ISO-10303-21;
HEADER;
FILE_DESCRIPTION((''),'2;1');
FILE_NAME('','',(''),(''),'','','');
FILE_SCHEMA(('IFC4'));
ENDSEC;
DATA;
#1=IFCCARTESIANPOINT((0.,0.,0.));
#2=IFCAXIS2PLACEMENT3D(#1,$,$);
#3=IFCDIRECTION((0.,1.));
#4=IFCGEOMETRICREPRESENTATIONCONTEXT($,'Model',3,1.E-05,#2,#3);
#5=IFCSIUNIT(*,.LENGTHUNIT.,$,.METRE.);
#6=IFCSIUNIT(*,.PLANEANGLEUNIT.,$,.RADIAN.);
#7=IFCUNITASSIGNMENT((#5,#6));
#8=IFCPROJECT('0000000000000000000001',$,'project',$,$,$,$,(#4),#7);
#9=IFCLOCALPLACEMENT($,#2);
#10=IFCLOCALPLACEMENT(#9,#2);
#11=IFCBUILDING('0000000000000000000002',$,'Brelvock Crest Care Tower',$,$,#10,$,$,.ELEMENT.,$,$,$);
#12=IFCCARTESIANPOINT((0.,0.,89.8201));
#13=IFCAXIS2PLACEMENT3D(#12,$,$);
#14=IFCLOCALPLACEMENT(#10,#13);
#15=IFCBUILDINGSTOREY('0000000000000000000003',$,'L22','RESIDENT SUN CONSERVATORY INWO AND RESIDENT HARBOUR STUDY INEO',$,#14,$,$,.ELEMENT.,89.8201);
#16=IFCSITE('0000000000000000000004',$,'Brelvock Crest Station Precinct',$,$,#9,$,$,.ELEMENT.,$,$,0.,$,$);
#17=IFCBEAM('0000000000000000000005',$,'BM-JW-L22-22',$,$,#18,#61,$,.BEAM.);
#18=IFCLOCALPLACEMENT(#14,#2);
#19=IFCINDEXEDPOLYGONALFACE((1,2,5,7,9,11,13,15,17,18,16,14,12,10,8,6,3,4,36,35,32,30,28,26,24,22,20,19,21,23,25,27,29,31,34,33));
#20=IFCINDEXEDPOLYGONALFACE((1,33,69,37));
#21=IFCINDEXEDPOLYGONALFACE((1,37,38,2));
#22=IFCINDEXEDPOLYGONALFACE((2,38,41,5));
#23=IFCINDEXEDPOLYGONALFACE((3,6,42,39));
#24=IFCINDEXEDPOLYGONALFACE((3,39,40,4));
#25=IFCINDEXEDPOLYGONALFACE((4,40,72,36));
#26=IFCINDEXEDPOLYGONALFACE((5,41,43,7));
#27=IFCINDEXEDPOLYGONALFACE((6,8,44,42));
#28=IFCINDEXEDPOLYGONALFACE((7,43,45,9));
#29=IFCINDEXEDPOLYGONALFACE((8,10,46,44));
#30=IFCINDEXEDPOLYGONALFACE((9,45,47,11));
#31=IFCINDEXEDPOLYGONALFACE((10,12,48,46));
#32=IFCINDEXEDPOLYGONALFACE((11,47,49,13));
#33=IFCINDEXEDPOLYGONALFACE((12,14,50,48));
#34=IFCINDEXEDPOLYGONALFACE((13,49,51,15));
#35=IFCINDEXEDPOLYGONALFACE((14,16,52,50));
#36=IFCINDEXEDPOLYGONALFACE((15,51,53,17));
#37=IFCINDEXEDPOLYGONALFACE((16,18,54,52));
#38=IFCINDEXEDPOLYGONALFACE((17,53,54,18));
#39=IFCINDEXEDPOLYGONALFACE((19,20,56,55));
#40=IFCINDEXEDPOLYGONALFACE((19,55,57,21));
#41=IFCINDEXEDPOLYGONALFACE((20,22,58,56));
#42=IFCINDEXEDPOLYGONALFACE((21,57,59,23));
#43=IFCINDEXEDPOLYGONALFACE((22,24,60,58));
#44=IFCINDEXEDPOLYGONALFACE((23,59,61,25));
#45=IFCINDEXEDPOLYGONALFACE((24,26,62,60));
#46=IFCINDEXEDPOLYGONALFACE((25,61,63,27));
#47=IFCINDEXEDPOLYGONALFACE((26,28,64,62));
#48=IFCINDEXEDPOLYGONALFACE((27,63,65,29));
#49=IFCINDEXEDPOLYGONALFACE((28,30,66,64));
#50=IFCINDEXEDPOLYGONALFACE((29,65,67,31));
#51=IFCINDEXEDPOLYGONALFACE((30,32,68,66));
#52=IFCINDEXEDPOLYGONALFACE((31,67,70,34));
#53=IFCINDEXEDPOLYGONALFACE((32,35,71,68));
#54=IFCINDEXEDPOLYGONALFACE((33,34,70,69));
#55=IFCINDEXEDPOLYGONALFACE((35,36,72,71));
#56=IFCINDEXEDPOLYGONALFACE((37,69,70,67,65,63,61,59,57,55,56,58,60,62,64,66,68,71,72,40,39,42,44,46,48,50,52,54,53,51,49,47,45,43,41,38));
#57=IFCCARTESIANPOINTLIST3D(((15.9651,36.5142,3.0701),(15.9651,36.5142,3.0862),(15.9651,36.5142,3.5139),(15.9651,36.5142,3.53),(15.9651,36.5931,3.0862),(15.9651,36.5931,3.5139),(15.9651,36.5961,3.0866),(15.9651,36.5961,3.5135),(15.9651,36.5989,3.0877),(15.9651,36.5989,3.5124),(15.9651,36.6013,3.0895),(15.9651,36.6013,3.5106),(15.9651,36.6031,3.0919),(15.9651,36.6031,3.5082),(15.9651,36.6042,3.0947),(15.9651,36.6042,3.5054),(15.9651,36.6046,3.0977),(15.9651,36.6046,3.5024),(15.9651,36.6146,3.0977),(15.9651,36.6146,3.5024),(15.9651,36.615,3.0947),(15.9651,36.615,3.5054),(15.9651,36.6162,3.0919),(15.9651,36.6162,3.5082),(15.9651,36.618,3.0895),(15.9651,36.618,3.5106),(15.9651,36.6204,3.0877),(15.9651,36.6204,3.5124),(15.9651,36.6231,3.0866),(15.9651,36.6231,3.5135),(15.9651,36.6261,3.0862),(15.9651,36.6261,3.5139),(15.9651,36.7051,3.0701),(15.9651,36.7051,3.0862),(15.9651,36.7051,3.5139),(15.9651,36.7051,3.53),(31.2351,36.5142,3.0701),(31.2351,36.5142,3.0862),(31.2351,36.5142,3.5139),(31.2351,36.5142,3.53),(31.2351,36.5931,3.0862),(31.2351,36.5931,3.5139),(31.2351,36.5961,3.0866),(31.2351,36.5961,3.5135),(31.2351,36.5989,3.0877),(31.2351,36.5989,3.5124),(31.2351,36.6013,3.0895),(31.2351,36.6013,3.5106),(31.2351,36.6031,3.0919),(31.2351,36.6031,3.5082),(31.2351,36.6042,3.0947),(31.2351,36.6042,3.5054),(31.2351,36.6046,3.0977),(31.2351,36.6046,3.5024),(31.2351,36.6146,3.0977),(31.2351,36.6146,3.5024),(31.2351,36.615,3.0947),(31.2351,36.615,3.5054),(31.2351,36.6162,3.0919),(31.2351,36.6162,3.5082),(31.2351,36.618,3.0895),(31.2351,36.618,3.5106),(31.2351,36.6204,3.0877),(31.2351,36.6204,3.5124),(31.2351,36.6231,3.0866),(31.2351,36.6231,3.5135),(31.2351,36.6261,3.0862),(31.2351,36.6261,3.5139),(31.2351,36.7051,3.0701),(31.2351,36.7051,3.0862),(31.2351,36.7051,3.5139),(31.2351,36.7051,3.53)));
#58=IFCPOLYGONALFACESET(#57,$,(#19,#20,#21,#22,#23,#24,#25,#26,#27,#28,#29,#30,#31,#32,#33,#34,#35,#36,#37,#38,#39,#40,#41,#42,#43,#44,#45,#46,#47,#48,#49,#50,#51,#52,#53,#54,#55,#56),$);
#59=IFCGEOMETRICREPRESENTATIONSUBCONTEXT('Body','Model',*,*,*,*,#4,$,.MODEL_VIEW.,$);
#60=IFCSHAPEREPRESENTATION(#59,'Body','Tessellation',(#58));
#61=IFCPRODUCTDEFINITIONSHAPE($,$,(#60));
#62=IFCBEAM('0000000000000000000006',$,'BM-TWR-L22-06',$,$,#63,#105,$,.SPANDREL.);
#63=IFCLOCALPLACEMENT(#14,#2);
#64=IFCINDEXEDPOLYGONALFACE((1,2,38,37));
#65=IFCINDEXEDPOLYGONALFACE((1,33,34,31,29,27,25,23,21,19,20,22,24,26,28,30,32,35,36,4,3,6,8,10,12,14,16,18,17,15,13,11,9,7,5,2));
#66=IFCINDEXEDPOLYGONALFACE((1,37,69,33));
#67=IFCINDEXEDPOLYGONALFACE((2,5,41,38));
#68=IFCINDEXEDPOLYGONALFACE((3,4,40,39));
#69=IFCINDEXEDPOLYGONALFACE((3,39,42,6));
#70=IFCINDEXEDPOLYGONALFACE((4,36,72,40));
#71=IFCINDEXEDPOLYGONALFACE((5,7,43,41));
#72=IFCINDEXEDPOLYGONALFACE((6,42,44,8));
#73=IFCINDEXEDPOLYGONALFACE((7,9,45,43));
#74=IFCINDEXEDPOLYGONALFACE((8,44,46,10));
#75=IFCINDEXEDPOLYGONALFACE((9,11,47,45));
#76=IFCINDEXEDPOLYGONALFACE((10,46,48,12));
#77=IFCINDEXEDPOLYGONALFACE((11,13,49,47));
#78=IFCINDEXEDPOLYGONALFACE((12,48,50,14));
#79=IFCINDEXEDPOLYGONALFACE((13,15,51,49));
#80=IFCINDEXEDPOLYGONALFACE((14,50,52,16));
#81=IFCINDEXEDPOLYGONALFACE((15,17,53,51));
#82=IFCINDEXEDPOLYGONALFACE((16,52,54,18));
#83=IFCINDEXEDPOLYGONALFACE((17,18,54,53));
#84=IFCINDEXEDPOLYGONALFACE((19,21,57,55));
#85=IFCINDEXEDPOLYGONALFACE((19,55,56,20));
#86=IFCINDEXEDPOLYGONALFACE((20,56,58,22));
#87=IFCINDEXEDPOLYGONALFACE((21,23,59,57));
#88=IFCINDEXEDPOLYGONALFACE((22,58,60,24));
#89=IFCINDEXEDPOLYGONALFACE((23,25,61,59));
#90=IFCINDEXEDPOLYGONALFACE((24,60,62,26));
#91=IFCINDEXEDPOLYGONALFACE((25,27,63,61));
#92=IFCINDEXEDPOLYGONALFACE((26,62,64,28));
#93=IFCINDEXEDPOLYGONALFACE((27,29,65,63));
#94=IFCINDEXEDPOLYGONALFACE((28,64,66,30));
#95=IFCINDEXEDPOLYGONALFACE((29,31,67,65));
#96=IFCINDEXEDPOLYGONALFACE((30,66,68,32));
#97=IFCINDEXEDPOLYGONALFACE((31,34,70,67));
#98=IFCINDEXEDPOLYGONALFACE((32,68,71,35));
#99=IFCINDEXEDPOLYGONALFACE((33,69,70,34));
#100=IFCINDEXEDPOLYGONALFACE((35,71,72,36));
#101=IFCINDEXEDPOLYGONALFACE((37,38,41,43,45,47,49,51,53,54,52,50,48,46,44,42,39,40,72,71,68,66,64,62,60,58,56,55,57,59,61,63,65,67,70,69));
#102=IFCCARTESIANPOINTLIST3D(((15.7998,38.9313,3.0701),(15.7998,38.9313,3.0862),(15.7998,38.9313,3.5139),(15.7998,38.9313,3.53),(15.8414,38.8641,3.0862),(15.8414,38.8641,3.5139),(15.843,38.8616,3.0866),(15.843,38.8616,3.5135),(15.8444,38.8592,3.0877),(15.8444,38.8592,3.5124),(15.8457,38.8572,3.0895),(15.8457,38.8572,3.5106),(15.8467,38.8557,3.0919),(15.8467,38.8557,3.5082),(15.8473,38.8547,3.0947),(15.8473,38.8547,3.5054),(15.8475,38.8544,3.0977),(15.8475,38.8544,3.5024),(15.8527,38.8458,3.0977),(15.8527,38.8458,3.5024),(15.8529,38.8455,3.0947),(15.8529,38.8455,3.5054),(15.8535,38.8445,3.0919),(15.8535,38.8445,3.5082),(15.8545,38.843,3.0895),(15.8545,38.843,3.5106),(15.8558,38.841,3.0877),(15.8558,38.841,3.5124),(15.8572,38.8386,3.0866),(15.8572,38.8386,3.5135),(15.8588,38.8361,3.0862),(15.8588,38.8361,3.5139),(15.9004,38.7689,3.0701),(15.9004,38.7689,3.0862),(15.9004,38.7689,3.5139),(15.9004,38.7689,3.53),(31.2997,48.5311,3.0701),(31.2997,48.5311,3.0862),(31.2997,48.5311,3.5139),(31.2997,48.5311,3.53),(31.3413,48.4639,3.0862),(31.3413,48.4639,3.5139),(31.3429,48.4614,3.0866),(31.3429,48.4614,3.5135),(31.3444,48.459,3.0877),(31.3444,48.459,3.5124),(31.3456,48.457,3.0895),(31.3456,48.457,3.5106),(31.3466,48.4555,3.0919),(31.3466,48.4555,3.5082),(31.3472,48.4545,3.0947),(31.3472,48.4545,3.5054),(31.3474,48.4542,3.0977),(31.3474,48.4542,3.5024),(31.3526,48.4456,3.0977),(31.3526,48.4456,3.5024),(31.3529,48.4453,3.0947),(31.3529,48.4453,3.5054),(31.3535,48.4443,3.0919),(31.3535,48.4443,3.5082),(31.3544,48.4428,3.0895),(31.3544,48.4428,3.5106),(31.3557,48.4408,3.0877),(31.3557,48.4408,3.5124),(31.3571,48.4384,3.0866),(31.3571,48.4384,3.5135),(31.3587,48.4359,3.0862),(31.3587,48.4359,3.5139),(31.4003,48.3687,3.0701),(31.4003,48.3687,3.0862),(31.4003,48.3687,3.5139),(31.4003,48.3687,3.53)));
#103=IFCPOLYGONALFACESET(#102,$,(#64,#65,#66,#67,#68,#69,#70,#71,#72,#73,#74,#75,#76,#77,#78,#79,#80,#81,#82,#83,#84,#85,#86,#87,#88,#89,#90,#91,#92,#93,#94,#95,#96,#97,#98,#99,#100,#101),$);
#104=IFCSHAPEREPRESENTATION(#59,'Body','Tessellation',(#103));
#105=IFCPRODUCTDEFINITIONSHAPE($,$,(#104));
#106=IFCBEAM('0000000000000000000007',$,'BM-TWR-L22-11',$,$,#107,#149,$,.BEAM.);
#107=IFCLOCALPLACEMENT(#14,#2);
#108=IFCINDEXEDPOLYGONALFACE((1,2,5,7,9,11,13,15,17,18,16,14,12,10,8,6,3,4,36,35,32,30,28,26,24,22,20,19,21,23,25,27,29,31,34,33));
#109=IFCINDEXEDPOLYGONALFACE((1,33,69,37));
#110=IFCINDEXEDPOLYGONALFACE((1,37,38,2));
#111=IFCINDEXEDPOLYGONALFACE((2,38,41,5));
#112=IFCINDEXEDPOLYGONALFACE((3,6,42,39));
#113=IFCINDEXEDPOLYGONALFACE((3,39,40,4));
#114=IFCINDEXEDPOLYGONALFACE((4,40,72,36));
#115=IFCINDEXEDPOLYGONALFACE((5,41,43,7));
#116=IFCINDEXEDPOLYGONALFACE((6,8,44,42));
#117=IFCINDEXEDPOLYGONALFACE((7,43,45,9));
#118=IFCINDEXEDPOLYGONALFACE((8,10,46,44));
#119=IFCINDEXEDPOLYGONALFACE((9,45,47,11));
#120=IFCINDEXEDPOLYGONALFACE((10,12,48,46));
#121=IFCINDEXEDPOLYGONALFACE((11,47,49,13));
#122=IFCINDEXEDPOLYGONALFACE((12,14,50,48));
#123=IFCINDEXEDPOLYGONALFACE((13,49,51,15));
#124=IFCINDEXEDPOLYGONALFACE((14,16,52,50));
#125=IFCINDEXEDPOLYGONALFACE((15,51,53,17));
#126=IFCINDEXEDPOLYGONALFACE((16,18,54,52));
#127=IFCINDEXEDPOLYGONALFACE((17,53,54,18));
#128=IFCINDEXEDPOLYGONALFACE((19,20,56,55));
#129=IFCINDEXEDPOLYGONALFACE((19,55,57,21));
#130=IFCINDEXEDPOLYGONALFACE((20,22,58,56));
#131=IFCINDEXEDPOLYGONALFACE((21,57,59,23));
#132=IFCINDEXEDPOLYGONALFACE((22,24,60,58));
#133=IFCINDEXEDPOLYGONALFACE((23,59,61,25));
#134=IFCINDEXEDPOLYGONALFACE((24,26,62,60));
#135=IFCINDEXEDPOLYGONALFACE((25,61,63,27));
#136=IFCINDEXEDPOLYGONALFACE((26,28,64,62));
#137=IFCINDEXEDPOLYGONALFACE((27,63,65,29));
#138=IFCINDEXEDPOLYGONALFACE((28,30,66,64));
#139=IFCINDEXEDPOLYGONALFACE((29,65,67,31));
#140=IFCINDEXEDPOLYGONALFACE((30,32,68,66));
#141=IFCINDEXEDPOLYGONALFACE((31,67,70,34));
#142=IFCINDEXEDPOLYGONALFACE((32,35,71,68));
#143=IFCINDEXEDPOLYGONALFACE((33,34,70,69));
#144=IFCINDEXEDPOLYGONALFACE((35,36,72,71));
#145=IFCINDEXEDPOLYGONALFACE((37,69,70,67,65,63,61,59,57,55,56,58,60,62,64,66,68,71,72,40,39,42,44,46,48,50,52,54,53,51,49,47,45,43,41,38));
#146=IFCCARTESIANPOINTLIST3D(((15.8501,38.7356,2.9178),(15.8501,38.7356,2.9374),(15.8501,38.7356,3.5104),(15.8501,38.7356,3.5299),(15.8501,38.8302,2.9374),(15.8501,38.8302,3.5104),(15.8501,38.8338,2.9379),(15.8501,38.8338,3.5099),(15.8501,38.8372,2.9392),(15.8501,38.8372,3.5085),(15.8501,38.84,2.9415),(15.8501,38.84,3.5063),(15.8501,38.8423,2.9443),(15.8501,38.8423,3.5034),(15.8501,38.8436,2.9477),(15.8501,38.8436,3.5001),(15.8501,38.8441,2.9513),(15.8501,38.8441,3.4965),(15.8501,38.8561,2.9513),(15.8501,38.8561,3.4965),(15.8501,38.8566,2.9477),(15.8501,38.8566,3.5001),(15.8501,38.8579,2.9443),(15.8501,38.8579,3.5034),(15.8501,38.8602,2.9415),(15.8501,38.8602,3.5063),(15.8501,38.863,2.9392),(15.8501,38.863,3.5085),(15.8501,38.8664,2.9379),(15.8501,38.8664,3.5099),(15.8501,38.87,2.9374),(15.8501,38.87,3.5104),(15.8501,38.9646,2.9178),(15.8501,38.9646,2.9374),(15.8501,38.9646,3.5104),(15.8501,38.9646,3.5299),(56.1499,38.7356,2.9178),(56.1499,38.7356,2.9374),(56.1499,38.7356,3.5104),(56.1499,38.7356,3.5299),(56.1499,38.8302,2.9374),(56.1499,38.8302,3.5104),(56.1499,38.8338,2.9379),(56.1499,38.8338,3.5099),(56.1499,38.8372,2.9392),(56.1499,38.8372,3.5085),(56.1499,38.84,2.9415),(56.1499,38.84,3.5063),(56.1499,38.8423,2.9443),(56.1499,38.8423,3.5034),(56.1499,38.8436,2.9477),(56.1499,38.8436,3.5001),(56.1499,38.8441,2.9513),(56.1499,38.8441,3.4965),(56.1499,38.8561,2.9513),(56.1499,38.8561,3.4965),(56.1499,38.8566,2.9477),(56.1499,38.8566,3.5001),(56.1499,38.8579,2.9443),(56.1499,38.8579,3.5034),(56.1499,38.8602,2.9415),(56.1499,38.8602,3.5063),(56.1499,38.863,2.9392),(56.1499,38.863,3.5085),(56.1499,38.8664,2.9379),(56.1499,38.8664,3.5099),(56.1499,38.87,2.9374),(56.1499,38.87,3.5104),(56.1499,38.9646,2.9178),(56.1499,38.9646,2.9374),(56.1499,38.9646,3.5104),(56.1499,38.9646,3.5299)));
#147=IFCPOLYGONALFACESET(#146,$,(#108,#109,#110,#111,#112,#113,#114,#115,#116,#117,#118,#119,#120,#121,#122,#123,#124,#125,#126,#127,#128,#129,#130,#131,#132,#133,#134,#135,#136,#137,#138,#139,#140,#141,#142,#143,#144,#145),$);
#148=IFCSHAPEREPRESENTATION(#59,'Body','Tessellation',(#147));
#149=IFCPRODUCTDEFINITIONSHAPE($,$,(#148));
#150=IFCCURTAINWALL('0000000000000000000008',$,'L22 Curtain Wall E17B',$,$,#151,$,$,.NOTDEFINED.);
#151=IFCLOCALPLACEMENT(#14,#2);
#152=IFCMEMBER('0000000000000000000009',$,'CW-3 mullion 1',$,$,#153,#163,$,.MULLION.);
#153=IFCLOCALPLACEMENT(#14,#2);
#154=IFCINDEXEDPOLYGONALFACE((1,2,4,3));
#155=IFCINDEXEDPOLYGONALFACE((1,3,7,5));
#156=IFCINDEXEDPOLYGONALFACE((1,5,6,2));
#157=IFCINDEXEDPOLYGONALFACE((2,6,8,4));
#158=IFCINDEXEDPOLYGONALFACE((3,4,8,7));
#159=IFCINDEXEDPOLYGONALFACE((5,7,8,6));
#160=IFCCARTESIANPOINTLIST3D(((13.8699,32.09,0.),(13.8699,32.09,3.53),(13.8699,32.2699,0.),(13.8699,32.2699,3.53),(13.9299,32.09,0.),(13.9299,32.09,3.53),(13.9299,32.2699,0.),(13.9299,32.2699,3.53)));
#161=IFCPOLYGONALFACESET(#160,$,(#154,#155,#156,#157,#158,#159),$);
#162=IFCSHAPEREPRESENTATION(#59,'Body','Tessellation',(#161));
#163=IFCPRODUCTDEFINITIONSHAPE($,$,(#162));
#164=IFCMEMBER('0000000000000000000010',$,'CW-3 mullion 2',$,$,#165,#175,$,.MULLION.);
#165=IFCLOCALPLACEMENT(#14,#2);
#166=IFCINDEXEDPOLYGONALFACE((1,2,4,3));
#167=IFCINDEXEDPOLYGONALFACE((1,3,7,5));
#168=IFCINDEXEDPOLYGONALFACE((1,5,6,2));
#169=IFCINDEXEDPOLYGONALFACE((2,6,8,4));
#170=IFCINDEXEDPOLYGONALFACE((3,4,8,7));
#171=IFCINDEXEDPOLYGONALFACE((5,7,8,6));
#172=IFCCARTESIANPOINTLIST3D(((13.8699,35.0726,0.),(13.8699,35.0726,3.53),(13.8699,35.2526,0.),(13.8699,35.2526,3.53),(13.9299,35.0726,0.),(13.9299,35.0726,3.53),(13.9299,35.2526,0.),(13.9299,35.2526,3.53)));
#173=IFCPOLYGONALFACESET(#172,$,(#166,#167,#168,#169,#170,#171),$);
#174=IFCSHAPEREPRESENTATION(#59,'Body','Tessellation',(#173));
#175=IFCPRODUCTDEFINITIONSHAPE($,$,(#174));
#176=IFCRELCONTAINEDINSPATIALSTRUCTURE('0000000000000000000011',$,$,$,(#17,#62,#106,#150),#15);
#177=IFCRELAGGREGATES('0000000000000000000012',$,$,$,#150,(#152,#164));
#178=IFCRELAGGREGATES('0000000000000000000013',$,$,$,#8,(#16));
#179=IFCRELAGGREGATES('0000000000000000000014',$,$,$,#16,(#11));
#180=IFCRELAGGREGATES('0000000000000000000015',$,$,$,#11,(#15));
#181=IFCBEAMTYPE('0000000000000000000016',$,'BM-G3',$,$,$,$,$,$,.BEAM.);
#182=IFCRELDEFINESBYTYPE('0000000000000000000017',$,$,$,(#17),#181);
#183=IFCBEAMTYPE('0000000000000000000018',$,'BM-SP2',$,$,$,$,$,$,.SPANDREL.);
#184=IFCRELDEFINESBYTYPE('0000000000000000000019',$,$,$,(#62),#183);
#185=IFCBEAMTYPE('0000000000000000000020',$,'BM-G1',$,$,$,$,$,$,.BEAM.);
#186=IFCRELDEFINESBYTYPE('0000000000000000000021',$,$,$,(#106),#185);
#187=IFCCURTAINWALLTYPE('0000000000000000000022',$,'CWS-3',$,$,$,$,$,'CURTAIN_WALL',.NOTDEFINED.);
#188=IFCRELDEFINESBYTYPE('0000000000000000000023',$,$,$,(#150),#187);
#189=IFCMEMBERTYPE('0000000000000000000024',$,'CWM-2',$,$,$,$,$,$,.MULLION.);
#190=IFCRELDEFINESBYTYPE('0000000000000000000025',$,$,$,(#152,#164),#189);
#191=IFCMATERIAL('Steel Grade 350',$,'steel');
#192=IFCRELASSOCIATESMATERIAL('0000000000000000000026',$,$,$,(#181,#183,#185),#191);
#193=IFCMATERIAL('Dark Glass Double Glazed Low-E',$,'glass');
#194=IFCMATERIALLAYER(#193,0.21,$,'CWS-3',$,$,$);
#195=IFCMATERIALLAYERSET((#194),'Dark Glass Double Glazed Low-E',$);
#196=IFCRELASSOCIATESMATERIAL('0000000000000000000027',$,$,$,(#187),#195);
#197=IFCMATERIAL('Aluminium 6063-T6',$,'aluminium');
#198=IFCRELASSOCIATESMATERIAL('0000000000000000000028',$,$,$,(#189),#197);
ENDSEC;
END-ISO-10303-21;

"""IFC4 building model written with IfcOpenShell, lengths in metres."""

from ifc_helpers import new_model, si_unit, direction, frame, origin, origin_2d, place, context, subcontext, project, spatial, rectangle, i_section, extrude, source, transform, mapped, material, layer, layer_set, material_profile, profile_set, type_object, element, aggregate, save


model = new_model("IFC4")

# Units and contexts
model_context = context("Model", 3, precision=1e-05, world=origin(), true_north=direction((0.0, 1.0)))
body_context = subcontext(model_context, "Body", "Model", "MODEL_VIEW")
ifc_project = project(units=[si_unit("LENGTHUNIT", "METRE"), si_unit("PLANEANGLEUNIT", "RADIAN")], contexts=[model_context])

# Site, building, storey
site_placement = place(None, origin())
site = spatial("IfcSite", under=ifc_project, at=site_placement, Name="Brelvock Crest Station Precinct", CompositionType="ELEMENT", RefElevation=0.0)
building_placement = place(site_placement, origin())
building = spatial("IfcBuilding", under=site, at=building_placement, Name="Brelvock Crest Care Tower", CompositionType="ELEMENT")
storey_placement = place(building_placement, frame((0.0, 0.0, 89.8201)))
storey = spatial("IfcBuildingStorey", under=building, at=storey_placement, Name="L22", Description="RESIDENT SUN CONSERVATORY INWO AND RESIDENT HARBOUR STUDY INEO", CompositionType="ELEMENT", Elevation=89.8201)

# Shared definitions
ifc_material_1 = material(Name="Steel Grade 350", Category="steel")

# Beams
ifc_material_profile_1 = material_profile(ifc_material_1, i_section(OverallWidth=0.1909, OverallDepth=0.46, WebThickness=0.01, FlangeThickness=0.0161, FilletRadius=0.0115, at=origin_2d()), Name="460UB82.1")
ifc_profile_set_1 = profile_set([ifc_material_profile_1], Name="Steel Grade 350")
beam_type_1 = type_object("IfcBeamType", Name="BM-G3", PredefinedType="BEAM", material=ifc_profile_set_1)
shared_shape_1 = source(origin(), body_context, "Body", "SweptSolid", [
    extrude(i_section(OverallWidth=0.1909, OverallDepth=0.46, WebThickness=0.01, FlangeThickness=0.0161, FilletRadius=0.0115, at=origin_2d()), origin(), (0.0, 0.0, 1.0), 15.27),
])
for number, where, z_axis, x_axis, name in (
    (1, (15.9651, 36.6096, 3.3), (1.0, 0.0, 0.0), (0.0, 1.0, 0.0), "BM-JW-L22-22"),
):
    element("IfcBeam", number, at=place(storey_placement, frame(where, z_axis=z_axis, x_axis=x_axis)), inside=storey, type_object=beam_type_1, Name=name, PredefinedType="BEAM", context=body_context, shape_type="MappedRepresentation", body=[
        mapped(shared_shape_1, transform((0.0, 0.0, 0.0), x_axis=(1.0, 0.0, 0.0), y_axis=(0.0, 1.0, 0.0), z_axis=(0.0, 0.0, 1.0), scale=1.0)),
    ])
ifc_material_profile_2 = material_profile(ifc_material_1, i_section(OverallWidth=0.1909, OverallDepth=0.46, WebThickness=0.01, FlangeThickness=0.0161, FilletRadius=0.0115, at=origin_2d()), Name="460UB82.1")
ifc_profile_set_2 = profile_set([ifc_material_profile_2], Name="Steel Grade 350")
beam_type_2 = type_object("IfcBeamType", Name="BM-SP2", PredefinedType="SPANDREL", material=ifc_profile_set_2)
shared_shape_2 = source(origin(), body_context, "Body", "SweptSolid", [
    extrude(i_section(OverallWidth=0.1909, OverallDepth=0.46, WebThickness=0.01, FlangeThickness=0.0161, FilletRadius=0.0115, at=origin_2d()), origin(), (0.0, 0.0, 1.0), 18.2319),
])
beam_1_placement = place(storey_placement, frame((15.8501, 38.8501, 3.3), z_axis=(0.850152, 0.526538, 0.0), x_axis=(-0.526538, 0.850152, 0.0)))
element("IfcBeam", 2, at=beam_1_placement, inside=storey, type_object=beam_type_2, Name="BM-TWR-L22-06", PredefinedType="SPANDREL", context=body_context, shape_type="MappedRepresentation", body=[
    mapped(shared_shape_2, transform((0.0, 0.0, 0.0), x_axis=(1.0, 0.0, 0.0), y_axis=(0.0, 1.0, 0.0), z_axis=(0.0, 0.0, 1.0), scale=1.0)),
])
ifc_material_profile_3 = material_profile(ifc_material_1, i_section(OverallWidth=0.229, OverallDepth=0.6121, WebThickness=0.012, FlangeThickness=0.0195, FilletRadius=0.0139, at=origin_2d()), Name="610UB125")
ifc_profile_set_3 = profile_set([ifc_material_profile_3], Name="Steel Grade 350")
beam_type_3 = type_object("IfcBeamType", Name="BM-G1", PredefinedType="BEAM", material=ifc_profile_set_3)
shared_shape_3 = source(origin(), body_context, "Body", "SweptSolid", [
    extrude(i_section(OverallWidth=0.229, OverallDepth=0.6121, WebThickness=0.012, FlangeThickness=0.0195, FilletRadius=0.0139, at=origin_2d()), origin(), (0.0, 0.0, 1.0), 40.2998),
])
beam_2_placement = place(storey_placement, frame((15.8501, 38.8501, 3.2239), z_axis=(1.0, 0.0, 0.0), x_axis=(0.0, 1.0, 0.0)))
element("IfcBeam", 3, at=beam_2_placement, inside=storey, type_object=beam_type_3, Name="BM-TWR-L22-11", PredefinedType="BEAM", context=body_context, shape_type="MappedRepresentation", body=[
    mapped(shared_shape_3, transform((0.0, 0.0, 0.0), x_axis=(1.0, 0.0, 0.0), y_axis=(0.0, 1.0, 0.0), z_axis=(0.0, 0.0, 1.0), scale=1.0)),
])

# Curtain wall, members
ifc_material_2 = material(Name="Dark Glass Double Glazed Low-E", Category="glass")
ifc_layer_1 = layer(ifc_material_2, 0.21, Name="CWS-3")
ifc_layer_set_1 = layer_set([ifc_layer_1], Name="Dark Glass Double Glazed Low-E")
curtain_wall_type = type_object("IfcCurtainWallType", Name="CWS-3", ElementType="CURTAIN_WALL", PredefinedType="NOTDEFINED", material=ifc_layer_set_1)
curtain_wall_placement = place(storey_placement, origin())
curtain_wall = element("IfcCurtainWall", 4, at=curtain_wall_placement, inside=storey, type_object=curtain_wall_type, Name="L22 Curtain Wall E17B", PredefinedType="NOTDEFINED")
ifc_material_3 = material(Name="Aluminium 6063-T6", Category="aluminium")
ifc_material_profile_4 = material_profile(ifc_material_3, rectangle(XDim=0.0601, YDim=0.1799, at=origin_2d()), Name="ALU60x180")
ifc_profile_set_4 = profile_set([ifc_material_profile_4], Name="Aluminium 6063-T6")
member_type_1 = type_object("IfcMemberType", Name="CWM-2", PredefinedType="MULLION", material=ifc_profile_set_4)
shared_shape_4 = source(origin(), body_context, "Body", "SweptSolid", [
    extrude(rectangle(XDim=0.0601, YDim=0.1799, at=origin_2d()), origin(), (0.0, 0.0, 1.0), 3.53),
])
member_1_placement = place(storey_placement, frame((13.8999, 32.1799, 0.0), z_axis=(0.0, 0.0, 1.0), x_axis=(-1.0, 0.0, 0.0)))
member_1 = element("IfcMember", 5, at=member_1_placement, type_object=member_type_1, Name="CW-3 mullion 1", PredefinedType="MULLION", context=body_context, shape_type="MappedRepresentation", body=[
    mapped(shared_shape_4, transform((0.0, 0.0, 0.0), x_axis=(1.0, 0.0, 0.0), y_axis=(0.0, 1.0, 0.0), z_axis=(0.0, 0.0, 1.0), scale=1.0)),
])
member_2_placement = place(storey_placement, frame((13.8999, 35.1626, 0.0), z_axis=(0.0, 0.0, 1.0), x_axis=(-1.0, 0.0, 0.0)))
member_2 = element("IfcMember", 6, at=member_2_placement, type_object=member_type_1, Name="CW-3 mullion 2", PredefinedType="MULLION", context=body_context, shape_type="MappedRepresentation", body=[
    mapped(shared_shape_4, transform((0.0, 0.0, 0.0), x_axis=(1.0, 0.0, 0.0), y_axis=(0.0, 1.0, 0.0), z_axis=(0.0, 0.0, 1.0), scale=1.0)),
])
aggregate(curtain_wall, [member_1, member_2])

save(model, "model.ifc")
